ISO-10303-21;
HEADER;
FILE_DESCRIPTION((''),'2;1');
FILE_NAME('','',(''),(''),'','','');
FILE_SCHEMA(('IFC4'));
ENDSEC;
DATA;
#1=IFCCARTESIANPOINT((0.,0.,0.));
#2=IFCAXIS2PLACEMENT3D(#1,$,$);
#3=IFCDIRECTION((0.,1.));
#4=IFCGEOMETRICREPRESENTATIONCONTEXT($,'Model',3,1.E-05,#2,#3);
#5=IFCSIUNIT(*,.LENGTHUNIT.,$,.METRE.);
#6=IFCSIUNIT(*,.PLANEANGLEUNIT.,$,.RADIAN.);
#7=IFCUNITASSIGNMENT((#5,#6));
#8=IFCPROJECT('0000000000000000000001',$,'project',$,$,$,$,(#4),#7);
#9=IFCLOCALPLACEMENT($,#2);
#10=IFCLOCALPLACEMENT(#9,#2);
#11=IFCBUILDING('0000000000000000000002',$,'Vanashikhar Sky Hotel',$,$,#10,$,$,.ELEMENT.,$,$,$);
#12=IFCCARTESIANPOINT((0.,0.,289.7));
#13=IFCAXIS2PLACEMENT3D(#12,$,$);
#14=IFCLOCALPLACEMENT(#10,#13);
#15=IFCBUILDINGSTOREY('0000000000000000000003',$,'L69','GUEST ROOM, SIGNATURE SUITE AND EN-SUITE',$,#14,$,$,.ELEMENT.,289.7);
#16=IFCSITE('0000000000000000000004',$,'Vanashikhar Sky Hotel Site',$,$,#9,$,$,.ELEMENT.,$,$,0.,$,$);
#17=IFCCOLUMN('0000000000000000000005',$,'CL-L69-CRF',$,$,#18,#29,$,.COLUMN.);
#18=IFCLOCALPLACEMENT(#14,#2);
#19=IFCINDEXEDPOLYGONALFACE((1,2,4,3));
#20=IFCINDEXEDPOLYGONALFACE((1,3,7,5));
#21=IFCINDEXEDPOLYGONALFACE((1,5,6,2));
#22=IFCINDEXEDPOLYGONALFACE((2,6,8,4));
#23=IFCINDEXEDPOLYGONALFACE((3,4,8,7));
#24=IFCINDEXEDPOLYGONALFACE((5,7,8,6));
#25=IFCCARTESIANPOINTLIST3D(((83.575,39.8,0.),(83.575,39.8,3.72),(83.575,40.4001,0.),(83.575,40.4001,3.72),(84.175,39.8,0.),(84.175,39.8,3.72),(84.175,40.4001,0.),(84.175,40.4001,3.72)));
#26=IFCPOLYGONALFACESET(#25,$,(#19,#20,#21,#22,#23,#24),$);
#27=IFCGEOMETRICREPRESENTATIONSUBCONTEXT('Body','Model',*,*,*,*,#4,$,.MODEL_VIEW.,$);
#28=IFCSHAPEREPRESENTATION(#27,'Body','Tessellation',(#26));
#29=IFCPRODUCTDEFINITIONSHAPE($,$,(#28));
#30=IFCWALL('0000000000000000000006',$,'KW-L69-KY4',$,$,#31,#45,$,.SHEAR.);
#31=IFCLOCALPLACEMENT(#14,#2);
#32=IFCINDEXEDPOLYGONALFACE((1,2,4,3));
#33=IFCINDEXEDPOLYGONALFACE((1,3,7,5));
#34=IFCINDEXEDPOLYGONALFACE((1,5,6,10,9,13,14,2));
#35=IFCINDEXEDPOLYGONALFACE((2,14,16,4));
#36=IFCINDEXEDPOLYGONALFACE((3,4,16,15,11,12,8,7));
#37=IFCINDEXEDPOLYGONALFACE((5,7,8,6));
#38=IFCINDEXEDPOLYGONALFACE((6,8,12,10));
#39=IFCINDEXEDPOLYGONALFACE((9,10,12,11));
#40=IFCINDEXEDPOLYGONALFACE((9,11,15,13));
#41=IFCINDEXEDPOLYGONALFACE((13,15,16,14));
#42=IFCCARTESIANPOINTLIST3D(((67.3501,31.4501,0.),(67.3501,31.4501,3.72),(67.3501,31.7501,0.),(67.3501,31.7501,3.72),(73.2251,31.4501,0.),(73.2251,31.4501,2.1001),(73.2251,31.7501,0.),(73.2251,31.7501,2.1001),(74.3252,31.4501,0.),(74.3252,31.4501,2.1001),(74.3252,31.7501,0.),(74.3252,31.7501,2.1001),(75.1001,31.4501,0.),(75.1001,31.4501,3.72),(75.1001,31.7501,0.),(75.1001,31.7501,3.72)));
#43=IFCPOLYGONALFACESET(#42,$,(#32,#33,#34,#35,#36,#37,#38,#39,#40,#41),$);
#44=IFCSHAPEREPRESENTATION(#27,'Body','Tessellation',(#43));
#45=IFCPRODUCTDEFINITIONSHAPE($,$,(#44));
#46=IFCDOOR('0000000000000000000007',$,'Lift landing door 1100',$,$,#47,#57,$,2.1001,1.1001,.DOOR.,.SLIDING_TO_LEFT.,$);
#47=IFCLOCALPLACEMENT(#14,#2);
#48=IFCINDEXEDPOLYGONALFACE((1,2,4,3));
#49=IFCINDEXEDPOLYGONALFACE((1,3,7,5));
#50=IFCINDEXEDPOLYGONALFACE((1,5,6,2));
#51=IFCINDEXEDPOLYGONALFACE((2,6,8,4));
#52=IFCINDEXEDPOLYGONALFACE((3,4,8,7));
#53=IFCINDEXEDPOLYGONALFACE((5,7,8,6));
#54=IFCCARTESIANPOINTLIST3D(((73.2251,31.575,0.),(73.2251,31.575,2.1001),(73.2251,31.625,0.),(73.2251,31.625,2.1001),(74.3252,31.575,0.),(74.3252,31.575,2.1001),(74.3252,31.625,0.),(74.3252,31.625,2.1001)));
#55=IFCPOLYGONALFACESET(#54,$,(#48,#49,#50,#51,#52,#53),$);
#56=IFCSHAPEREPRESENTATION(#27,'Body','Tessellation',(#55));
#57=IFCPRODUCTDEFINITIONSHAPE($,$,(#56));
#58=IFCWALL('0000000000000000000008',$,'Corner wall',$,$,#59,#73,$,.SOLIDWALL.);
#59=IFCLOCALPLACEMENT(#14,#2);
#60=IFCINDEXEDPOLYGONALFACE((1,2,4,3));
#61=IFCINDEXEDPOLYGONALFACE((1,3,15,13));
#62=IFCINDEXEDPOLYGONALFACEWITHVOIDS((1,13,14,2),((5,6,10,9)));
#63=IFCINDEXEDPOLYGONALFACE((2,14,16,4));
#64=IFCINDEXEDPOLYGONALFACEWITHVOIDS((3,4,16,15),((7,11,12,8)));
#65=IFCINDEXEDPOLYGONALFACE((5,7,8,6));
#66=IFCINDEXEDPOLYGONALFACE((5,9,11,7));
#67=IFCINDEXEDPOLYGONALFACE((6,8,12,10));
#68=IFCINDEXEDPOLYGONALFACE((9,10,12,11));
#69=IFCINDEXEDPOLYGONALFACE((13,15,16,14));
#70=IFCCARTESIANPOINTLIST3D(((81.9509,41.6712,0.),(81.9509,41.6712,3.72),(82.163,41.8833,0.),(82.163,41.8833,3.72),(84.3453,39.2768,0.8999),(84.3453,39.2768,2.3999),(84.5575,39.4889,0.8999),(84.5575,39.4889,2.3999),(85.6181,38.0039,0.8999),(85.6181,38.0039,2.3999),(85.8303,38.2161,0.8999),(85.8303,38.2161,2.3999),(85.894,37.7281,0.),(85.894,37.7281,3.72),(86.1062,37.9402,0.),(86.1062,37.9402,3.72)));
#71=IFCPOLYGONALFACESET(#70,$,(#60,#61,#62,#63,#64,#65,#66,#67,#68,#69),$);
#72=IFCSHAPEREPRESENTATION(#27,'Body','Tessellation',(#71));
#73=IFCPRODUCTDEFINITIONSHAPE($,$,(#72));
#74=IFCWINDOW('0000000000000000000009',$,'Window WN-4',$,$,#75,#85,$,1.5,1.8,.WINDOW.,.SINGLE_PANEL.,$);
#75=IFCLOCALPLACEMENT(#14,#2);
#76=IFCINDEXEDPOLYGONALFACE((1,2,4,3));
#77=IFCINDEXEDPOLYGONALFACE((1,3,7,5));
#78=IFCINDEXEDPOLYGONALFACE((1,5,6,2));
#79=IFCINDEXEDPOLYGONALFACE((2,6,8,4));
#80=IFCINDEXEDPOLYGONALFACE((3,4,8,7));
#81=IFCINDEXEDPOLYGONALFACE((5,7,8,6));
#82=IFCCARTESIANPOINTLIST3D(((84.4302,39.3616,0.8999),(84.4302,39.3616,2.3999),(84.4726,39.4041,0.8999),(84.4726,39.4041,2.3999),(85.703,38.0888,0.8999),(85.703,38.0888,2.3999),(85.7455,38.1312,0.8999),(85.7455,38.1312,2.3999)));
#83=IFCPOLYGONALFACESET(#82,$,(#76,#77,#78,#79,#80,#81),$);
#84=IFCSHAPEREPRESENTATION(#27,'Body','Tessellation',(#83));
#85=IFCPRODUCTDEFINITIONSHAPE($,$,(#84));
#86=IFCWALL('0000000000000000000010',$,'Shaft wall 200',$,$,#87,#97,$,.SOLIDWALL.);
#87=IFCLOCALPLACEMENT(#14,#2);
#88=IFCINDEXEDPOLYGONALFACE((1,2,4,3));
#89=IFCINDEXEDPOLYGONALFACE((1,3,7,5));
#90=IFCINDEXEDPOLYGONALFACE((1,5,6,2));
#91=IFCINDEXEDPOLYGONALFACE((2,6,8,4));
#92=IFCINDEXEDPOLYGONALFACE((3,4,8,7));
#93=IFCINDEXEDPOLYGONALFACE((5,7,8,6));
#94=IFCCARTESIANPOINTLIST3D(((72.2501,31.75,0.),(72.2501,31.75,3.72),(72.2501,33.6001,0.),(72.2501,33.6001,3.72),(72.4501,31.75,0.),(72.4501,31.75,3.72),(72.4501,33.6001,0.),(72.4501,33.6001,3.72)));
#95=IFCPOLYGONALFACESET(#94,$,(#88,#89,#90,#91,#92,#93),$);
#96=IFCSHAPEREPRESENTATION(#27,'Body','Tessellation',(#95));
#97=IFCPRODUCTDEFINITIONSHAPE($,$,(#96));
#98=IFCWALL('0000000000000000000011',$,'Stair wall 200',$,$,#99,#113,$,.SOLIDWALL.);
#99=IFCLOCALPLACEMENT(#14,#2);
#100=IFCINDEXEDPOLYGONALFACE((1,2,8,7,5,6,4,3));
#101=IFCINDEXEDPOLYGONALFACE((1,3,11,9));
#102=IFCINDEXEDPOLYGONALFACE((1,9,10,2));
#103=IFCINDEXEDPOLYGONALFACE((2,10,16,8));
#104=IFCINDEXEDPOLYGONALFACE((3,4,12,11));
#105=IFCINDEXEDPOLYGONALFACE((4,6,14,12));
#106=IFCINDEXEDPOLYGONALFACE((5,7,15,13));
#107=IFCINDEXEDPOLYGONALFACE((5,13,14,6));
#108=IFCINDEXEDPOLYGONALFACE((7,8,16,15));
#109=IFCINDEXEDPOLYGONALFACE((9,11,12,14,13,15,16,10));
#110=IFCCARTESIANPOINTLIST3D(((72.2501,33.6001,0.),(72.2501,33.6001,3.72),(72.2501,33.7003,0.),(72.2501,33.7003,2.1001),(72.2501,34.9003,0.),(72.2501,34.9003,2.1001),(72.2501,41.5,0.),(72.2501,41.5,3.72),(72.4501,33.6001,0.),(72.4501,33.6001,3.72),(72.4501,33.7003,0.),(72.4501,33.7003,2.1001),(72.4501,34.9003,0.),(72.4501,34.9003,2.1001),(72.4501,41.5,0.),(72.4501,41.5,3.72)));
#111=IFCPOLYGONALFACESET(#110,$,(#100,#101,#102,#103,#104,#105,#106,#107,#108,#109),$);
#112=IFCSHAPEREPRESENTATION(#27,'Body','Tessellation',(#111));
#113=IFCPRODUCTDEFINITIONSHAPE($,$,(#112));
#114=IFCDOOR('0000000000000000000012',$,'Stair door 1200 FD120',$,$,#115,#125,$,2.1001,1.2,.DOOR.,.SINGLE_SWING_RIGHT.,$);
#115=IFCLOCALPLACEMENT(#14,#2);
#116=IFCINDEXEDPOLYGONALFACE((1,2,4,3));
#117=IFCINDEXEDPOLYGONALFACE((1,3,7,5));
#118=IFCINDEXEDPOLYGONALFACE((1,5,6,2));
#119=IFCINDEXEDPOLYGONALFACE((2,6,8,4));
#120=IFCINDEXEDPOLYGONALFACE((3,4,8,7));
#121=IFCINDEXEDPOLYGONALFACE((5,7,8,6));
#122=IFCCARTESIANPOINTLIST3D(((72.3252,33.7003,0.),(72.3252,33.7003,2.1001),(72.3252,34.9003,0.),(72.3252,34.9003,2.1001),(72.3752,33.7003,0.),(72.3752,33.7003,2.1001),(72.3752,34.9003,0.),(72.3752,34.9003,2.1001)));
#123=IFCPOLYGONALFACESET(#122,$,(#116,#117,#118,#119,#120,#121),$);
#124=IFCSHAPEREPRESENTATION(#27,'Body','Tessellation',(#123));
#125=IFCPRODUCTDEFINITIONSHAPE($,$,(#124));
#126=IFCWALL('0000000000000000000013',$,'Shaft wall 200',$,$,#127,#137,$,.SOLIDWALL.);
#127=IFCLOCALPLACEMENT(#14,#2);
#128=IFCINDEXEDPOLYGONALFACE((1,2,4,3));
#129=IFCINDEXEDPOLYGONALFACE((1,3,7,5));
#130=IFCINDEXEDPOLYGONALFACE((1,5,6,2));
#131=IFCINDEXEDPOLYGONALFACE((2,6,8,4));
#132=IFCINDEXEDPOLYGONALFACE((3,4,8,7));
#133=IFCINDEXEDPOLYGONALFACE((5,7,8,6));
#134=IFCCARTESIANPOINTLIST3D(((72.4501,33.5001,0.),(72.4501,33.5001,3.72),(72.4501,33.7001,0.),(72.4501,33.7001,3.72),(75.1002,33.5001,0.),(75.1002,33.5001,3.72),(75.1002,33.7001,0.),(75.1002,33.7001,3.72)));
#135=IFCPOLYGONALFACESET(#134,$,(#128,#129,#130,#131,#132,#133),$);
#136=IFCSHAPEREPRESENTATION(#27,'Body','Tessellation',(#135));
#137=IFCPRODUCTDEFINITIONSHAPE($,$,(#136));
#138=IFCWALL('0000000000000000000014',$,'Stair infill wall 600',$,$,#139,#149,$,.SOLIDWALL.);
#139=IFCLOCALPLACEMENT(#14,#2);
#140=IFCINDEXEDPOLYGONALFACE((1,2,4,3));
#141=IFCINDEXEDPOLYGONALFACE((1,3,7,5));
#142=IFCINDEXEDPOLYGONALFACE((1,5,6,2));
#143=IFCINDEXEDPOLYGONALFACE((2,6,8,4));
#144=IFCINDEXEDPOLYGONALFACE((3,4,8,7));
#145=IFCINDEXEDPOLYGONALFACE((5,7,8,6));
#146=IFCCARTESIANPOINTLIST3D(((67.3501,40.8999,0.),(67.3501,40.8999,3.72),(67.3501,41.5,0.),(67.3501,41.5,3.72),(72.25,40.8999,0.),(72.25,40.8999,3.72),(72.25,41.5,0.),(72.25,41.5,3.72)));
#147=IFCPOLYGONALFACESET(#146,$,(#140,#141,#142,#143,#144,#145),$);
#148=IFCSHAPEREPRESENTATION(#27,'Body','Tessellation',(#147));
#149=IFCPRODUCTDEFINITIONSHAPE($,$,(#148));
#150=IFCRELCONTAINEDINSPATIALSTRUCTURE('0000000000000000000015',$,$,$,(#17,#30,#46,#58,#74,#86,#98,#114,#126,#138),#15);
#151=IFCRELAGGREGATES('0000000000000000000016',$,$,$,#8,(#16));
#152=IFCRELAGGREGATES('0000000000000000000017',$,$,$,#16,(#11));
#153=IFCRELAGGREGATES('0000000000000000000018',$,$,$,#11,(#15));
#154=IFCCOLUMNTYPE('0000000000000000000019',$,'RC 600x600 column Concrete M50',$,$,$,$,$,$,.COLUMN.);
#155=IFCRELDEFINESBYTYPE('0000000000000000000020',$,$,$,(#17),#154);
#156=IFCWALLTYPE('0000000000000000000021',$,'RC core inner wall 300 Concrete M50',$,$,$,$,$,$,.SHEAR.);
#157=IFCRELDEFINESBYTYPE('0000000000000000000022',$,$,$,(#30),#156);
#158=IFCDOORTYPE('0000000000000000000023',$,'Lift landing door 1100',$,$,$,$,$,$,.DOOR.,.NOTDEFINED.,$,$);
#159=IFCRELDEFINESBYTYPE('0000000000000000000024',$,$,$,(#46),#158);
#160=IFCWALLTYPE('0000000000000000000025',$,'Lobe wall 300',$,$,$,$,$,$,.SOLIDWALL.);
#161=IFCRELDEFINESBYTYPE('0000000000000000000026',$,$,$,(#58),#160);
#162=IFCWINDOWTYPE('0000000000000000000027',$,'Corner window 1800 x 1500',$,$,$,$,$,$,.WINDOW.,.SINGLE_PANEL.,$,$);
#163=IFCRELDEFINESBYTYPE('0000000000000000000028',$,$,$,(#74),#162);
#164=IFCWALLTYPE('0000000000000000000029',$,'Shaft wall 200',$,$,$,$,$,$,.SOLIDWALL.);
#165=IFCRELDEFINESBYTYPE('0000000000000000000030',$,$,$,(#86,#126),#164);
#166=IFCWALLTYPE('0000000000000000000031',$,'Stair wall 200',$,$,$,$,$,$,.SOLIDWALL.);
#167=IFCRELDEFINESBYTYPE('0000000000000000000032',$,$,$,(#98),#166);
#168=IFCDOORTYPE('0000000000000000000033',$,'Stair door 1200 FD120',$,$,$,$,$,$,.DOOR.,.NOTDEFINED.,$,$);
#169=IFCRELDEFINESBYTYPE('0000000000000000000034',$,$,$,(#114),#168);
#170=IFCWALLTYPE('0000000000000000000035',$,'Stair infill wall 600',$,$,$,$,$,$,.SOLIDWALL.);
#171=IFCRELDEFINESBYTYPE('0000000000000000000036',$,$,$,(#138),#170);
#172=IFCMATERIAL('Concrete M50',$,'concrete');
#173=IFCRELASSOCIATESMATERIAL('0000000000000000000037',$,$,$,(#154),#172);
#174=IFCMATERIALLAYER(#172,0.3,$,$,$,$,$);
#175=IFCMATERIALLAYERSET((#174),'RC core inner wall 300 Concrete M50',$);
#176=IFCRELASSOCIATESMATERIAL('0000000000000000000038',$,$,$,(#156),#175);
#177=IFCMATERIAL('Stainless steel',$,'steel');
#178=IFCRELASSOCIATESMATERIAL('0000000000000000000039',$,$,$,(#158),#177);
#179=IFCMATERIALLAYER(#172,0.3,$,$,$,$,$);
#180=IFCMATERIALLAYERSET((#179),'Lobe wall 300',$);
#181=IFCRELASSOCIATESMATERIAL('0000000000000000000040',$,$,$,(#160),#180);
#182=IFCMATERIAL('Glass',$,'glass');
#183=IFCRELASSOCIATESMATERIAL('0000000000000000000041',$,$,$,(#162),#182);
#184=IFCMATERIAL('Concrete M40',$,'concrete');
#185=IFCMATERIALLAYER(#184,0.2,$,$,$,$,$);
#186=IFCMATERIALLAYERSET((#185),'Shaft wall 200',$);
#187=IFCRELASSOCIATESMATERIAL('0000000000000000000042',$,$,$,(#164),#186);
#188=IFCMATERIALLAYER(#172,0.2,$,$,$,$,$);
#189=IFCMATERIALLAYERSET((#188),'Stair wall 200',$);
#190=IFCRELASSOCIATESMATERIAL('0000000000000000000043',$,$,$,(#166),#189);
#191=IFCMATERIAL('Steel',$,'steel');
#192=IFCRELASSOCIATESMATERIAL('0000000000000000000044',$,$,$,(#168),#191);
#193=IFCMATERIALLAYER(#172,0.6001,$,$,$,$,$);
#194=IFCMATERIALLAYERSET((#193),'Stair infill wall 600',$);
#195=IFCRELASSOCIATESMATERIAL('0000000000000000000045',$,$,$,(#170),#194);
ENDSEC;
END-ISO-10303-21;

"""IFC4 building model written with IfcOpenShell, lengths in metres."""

from ifc_helpers import new_model, si_unit, direction, frame, frame_2d, origin, origin_2d, place, context, subcontext, project, spatial, rectangle, extrude, source, transform, mapped, material, layer, layer_set, material_profile, profile_set, type_object, element, fill, save


model = new_model("IFC4")

# Units and contexts
model_context = context("Model", 3, precision=1e-05, world=origin(), true_north=direction((0.0, 1.0)))
body_context = subcontext(model_context, "Body", "Model", "MODEL_VIEW")
ifc_project = project(units=[si_unit("LENGTHUNIT", "METRE"), si_unit("PLANEANGLEUNIT", "RADIAN")], contexts=[model_context])

# Site, building, storey
site_placement = place(None, origin())
site = spatial("IfcSite", under=ifc_project, at=site_placement, Name="Vanashikhar Sky Hotel Site", CompositionType="ELEMENT", RefElevation=0.0)
building_placement = place(site_placement, origin())
building = spatial("IfcBuilding", under=site, at=building_placement, Name="Vanashikhar Sky Hotel", CompositionType="ELEMENT")
storey_placement = place(building_placement, frame((0.0, 0.0, 289.7)))
storey = spatial("IfcBuildingStorey", under=building, at=storey_placement, Name="L69", Description="GUEST ROOM, SIGNATURE SUITE AND EN-SUITE", CompositionType="ELEMENT", Elevation=289.7)

# Column
ifc_material_1 = material(Name="Concrete M50", Category="concrete")
ifc_material_profile = material_profile(ifc_material_1, rectangle(XDim=0.6001, YDim=0.6001, at=origin_2d()))
ifc_profile_set = profile_set([ifc_material_profile], Name="RC 600x600 column Concrete M50")
column_type = type_object("IfcColumnType", Name="RC 600x600 column Concrete M50", PredefinedType="COLUMN", material=ifc_profile_set)
shared_shape_1 = source(origin(), body_context, "Body", "SweptSolid", [
    extrude(rectangle(XDim=0.6001, YDim=0.6001, at=origin_2d()), origin(), (0.0, 0.0, 1.0), 3.72),
])
column_placement = place(storey_placement, frame((83.875, 40.1001, 0.0), z_axis=(0.0, 0.0, 1.0), x_axis=(1.0, 0.0, 0.0)))
element("IfcColumn", 1, at=column_placement, inside=storey, type_object=column_type, Name="CL-L69-CRF", PredefinedType="COLUMN", context=body_context, shape_type="MappedRepresentation", body=[
    mapped(shared_shape_1, transform((0.0, 0.0, 0.0), scale=1.0)),
])

# Wall, opening, door
ifc_layer_1 = layer(ifc_material_1, 0.3)
ifc_layer_set_1 = layer_set([ifc_layer_1], Name="RC core inner wall 300 Concrete M50")
wall_type_1 = type_object("IfcWallType", Name="RC core inner wall 300 Concrete M50", PredefinedType="SHEAR", material=ifc_layer_set_1)
shared_shape_2 = source(origin(), body_context, "Body", "SweptSolid", [
    extrude(rectangle(XDim=7.75, YDim=0.3, at=frame_2d((3.875, 0.0))), origin(), (0.0, 0.0, 1.0), 3.72),
])
wall_1_placement = place(storey_placement, frame((67.3501, 31.6001, 0.0), z_axis=(0.0, 0.0, 1.0), x_axis=(1.0, 0.0, 0.0)))
wall_1 = element("IfcWall", 2, at=wall_1_placement, inside=storey, type_object=wall_type_1, Name="KW-L69-KY4", PredefinedType="SHEAR", context=body_context, shape_type="MappedRepresentation", body=[
    mapped(shared_shape_2, transform((0.0, 0.0, 0.0), scale=1.0)),
])
shared_shape_3 = source(origin(), body_context, "Body", "SweptSolid", [
    extrude(rectangle(XDim=1.1001, YDim=2.1001, at=frame_2d((0.55, 1.05))), frame((0.0, 0.1602, 0.0), z_axis=(0.0, -1.0, 0.0), x_axis=(1.0, 0.0, 0.0)), (0.0, 0.0, 1.0), 0.3201),
])
opening_1_placement = place(wall_1_placement, frame((5.875, 0.0, 0.0)))
opening_1 = element("IfcOpeningElement", 3, at=opening_1_placement, cuts=wall_1, PredefinedType="OPENING", context=body_context, shape_type="MappedRepresentation", body=[
    mapped(shared_shape_3, transform((0.0, 0.0, 0.0), scale=1.0)),
])
ifc_material_2 = material(Name="Stainless steel", Category="steel")
door_type_1 = type_object("IfcDoorType", Name="Lift landing door 1100", OperationType="NOTDEFINED", PredefinedType="DOOR", material=ifc_material_2)
shared_shape_4 = source(origin(), body_context, "Body", "SweptSolid", [
    extrude(rectangle(XDim=1.1001, YDim=2.1001, at=frame_2d((0.55, 1.05))), frame((0.0, 0.0249, 0.0), z_axis=(0.0, -1.0, 0.0), x_axis=(1.0, 0.0, 0.0)), (0.0, 0.0, 1.0), 0.05),
])
door_1_placement = place(opening_1_placement, origin())
door_1 = element("IfcDoor", 4, at=door_1_placement, inside=storey, type_object=door_type_1, Name="Lift landing door 1100", OperationType="SLIDING_TO_LEFT", OverallHeight=2.1001, OverallWidth=1.1001, PredefinedType="DOOR", context=body_context, shape_type="MappedRepresentation", body=[
    mapped(shared_shape_4, transform((0.0, 0.0, 0.0), scale=1.0)),
])
fill(opening_1, door_1)

# Wall, opening, window
ifc_layer_2 = layer(ifc_material_1, 0.3)
ifc_layer_set_2 = layer_set([ifc_layer_2], Name="Lobe wall 300")
wall_type_2 = type_object("IfcWallType", Name="Lobe wall 300", PredefinedType="SOLIDWALL", material=ifc_layer_set_2)
shared_shape_5 = source(origin(), body_context, "Body", "SweptSolid", [
    extrude(rectangle(XDim=5.5764, YDim=0.3, at=frame_2d((2.7881, 0.0))), origin(), (0.0, 0.0, 1.0), 3.72),
])
wall_2_placement = place(storey_placement, frame((86.0, 37.8342, 0.0), z_axis=(0.0, 0.0, 1.0), x_axis=(-0.707107, 0.707107, 0.0)))
wall_2 = element("IfcWall", 5, at=wall_2_placement, inside=storey, type_object=wall_type_2, Name="Corner wall", PredefinedType="SOLIDWALL", context=body_context, shape_type="MappedRepresentation", body=[
    mapped(shared_shape_5, transform((0.0, 0.0, 0.0), scale=1.0)),
])
shared_shape_6 = source(origin(), body_context, "Body", "SweptSolid", [
    extrude(rectangle(XDim=1.8, YDim=1.5, at=frame_2d((0.8999, 0.75))), frame((0.0, 0.1602, 0.0), z_axis=(0.0, -1.0, 0.0), x_axis=(1.0, 0.0, 0.0)), (0.0, 0.0, 1.0), 0.3201),
])
opening_2_placement = place(wall_2_placement, frame((0.3901, 0.0, 0.8999)))
opening_2 = element("IfcOpeningElement", 6, at=opening_2_placement, cuts=wall_2, PredefinedType="OPENING", context=body_context, shape_type="MappedRepresentation", body=[
    mapped(shared_shape_6, transform((0.0, 0.0, 0.0), scale=1.0)),
])
ifc_material_3 = material(Name="Glass", Category="glass")
window_type = type_object("IfcWindowType", Name="Corner window 1800 x 1500", PartitioningType="SINGLE_PANEL", PredefinedType="WINDOW", material=ifc_material_3)
shared_shape_7 = source(origin(), body_context, "Body", "SweptSolid", [
    extrude(rectangle(XDim=1.8, YDim=1.5, at=frame_2d((0.8999, 0.75))), frame((0.0, 0.03, 0.0), z_axis=(0.0, -1.0, 0.0), x_axis=(1.0, 0.0, 0.0)), (0.0, 0.0, 1.0), 0.0601),
])
window_placement = place(opening_2_placement, origin())
window = element("IfcWindow", 7, at=window_placement, inside=storey, type_object=window_type, Name="Window WN-4", OverallHeight=1.5, OverallWidth=1.8, PartitioningType="SINGLE_PANEL", PredefinedType="WINDOW", context=body_context, shape_type="MappedRepresentation", body=[
    mapped(shared_shape_7, transform((0.0, 0.0, 0.0), scale=1.0)),
])
fill(opening_2, window)

# Wall
ifc_material_4 = material(Name="Concrete M40", Category="concrete")
ifc_layer_3 = layer(ifc_material_4, 0.2)
ifc_layer_set_3 = layer_set([ifc_layer_3], Name="Shaft wall 200")
wall_type_3 = type_object("IfcWallType", Name="Shaft wall 200", PredefinedType="SOLIDWALL", material=ifc_layer_set_3)
shared_shape_8 = source(origin(), body_context, "Body", "SweptSolid", [
    extrude(rectangle(XDim=1.8501, YDim=0.2, at=frame_2d((0.925, 0.0))), origin(), (0.0, 0.0, 1.0), 3.72),
])
wall_3_placement = place(storey_placement, frame((72.3501, 31.75, 0.0), z_axis=(0.0, 0.0, 1.0), x_axis=(0.0, 1.0, 0.0)))
element("IfcWall", 8, at=wall_3_placement, inside=storey, type_object=wall_type_3, Name="Shaft wall 200", PredefinedType="SOLIDWALL", context=body_context, shape_type="MappedRepresentation", body=[
    mapped(shared_shape_8, transform((0.0, 0.0, 0.0), scale=1.0)),
])

# Wall, opening, door
ifc_layer_4 = layer(ifc_material_1, 0.2)
ifc_layer_set_4 = layer_set([ifc_layer_4], Name="Stair wall 200")
wall_type_4 = type_object("IfcWallType", Name="Stair wall 200", PredefinedType="SOLIDWALL", material=ifc_layer_set_4)
shared_shape_9 = source(origin(), body_context, "Body", "SweptSolid", [
    extrude(rectangle(XDim=7.8999, YDim=0.2, at=frame_2d((3.95, 0.0))), origin(), (0.0, 0.0, 1.0), 3.72),
])
wall_4_placement = place(storey_placement, frame((72.3501, 33.6001, 0.0), z_axis=(0.0, 0.0, 1.0), x_axis=(0.0, 1.0, 0.0)))
wall_4 = element("IfcWall", 9, at=wall_4_placement, inside=storey, type_object=wall_type_4, Name="Stair wall 200", PredefinedType="SOLIDWALL", context=body_context, shape_type="MappedRepresentation", body=[
    mapped(shared_shape_9, transform((0.0, 0.0, 0.0), scale=1.0)),
])
shared_shape_10 = source(origin(), body_context, "Body", "SweptSolid", [
    extrude(rectangle(XDim=1.2, YDim=2.1001, at=frame_2d((0.6001, 1.05))), frame((0.0, 0.1099, 0.0), z_axis=(0.0, -1.0, 0.0), x_axis=(1.0, 0.0, 0.0)), (0.0, 0.0, 1.0), 0.22),
])
opening_3_placement = place(wall_4_placement, frame((0.1001, 0.0, 0.0)))
opening_3 = element("IfcOpeningElement", 10, at=opening_3_placement, cuts=wall_4, PredefinedType="OPENING", context=body_context, shape_type="MappedRepresentation", body=[
    mapped(shared_shape_10, transform((0.0, 0.0, 0.0), scale=1.0)),
])
ifc_material_5 = material(Name="Steel", Category="steel")
door_type_2 = type_object("IfcDoorType", Name="Stair door 1200 FD120", OperationType="NOTDEFINED", PredefinedType="DOOR", material=ifc_material_5)
shared_shape_11 = source(origin(), body_context, "Body", "SweptSolid", [
    extrude(rectangle(XDim=1.2, YDim=2.1001, at=frame_2d((0.6001, 1.05))), frame((0.0, 0.0249, 0.0), z_axis=(0.0, -1.0, 0.0), x_axis=(1.0, 0.0, 0.0)), (0.0, 0.0, 1.0), 0.05),
])
door_2_placement = place(opening_3_placement, origin())
door_2 = element("IfcDoor", 11, at=door_2_placement, inside=storey, type_object=door_type_2, Name="Stair door 1200 FD120", OperationType="SINGLE_SWING_RIGHT", OverallHeight=2.1001, OverallWidth=1.2, PredefinedType="DOOR", context=body_context, shape_type="MappedRepresentation", body=[
    mapped(shared_shape_11, transform((0.0, 0.0, 0.0), scale=1.0)),
])
fill(opening_3, door_2)

# Walls
shared_shape_12 = source(origin(), body_context, "Body", "SweptSolid", [
    extrude(rectangle(XDim=2.6501, YDim=0.2, at=frame_2d((1.3252, 0.0))), origin(), (0.0, 0.0, 1.0), 3.72),
])
wall_5_placement = place(storey_placement, frame((72.45, 33.6001, 0.0), z_axis=(0.0, 0.0, 1.0), x_axis=(1.0, 0.0, 0.0)))
element("IfcWall", 12, at=wall_5_placement, inside=storey, type_object=wall_type_3, Name="Shaft wall 200", PredefinedType="SOLIDWALL", context=body_context, shape_type="MappedRepresentation", body=[
    mapped(shared_shape_12, transform((0.0, 0.0, 0.0), scale=1.0)),
])
ifc_layer_5 = layer(ifc_material_1, 0.6001)
ifc_layer_set_5 = layer_set([ifc_layer_5], Name="Stair infill wall 600")
wall_type_5 = type_object("IfcWallType", Name="Stair infill wall 600", PredefinedType="SOLIDWALL", material=ifc_layer_set_5)
shared_shape_13 = source(origin(), body_context, "Body", "SweptSolid", [
    extrude(rectangle(XDim=4.8999, YDim=0.6001, at=frame_2d((2.45, 0.0))), origin(), (0.0, 0.0, 1.0), 3.72),
])
wall_6_placement = place(storey_placement, frame((67.3501, 41.2, 0.0), z_axis=(0.0, 0.0, 1.0), x_axis=(1.0, 0.0, 0.0)))
element("IfcWall", 13, at=wall_6_placement, inside=storey, type_object=wall_type_5, Name="Stair infill wall 600", PredefinedType="SOLIDWALL", context=body_context, shape_type="MappedRepresentation", body=[
    mapped(shared_shape_13, transform((0.0, 0.0, 0.0), scale=1.0)),
])

save(model, "model.ifc")
